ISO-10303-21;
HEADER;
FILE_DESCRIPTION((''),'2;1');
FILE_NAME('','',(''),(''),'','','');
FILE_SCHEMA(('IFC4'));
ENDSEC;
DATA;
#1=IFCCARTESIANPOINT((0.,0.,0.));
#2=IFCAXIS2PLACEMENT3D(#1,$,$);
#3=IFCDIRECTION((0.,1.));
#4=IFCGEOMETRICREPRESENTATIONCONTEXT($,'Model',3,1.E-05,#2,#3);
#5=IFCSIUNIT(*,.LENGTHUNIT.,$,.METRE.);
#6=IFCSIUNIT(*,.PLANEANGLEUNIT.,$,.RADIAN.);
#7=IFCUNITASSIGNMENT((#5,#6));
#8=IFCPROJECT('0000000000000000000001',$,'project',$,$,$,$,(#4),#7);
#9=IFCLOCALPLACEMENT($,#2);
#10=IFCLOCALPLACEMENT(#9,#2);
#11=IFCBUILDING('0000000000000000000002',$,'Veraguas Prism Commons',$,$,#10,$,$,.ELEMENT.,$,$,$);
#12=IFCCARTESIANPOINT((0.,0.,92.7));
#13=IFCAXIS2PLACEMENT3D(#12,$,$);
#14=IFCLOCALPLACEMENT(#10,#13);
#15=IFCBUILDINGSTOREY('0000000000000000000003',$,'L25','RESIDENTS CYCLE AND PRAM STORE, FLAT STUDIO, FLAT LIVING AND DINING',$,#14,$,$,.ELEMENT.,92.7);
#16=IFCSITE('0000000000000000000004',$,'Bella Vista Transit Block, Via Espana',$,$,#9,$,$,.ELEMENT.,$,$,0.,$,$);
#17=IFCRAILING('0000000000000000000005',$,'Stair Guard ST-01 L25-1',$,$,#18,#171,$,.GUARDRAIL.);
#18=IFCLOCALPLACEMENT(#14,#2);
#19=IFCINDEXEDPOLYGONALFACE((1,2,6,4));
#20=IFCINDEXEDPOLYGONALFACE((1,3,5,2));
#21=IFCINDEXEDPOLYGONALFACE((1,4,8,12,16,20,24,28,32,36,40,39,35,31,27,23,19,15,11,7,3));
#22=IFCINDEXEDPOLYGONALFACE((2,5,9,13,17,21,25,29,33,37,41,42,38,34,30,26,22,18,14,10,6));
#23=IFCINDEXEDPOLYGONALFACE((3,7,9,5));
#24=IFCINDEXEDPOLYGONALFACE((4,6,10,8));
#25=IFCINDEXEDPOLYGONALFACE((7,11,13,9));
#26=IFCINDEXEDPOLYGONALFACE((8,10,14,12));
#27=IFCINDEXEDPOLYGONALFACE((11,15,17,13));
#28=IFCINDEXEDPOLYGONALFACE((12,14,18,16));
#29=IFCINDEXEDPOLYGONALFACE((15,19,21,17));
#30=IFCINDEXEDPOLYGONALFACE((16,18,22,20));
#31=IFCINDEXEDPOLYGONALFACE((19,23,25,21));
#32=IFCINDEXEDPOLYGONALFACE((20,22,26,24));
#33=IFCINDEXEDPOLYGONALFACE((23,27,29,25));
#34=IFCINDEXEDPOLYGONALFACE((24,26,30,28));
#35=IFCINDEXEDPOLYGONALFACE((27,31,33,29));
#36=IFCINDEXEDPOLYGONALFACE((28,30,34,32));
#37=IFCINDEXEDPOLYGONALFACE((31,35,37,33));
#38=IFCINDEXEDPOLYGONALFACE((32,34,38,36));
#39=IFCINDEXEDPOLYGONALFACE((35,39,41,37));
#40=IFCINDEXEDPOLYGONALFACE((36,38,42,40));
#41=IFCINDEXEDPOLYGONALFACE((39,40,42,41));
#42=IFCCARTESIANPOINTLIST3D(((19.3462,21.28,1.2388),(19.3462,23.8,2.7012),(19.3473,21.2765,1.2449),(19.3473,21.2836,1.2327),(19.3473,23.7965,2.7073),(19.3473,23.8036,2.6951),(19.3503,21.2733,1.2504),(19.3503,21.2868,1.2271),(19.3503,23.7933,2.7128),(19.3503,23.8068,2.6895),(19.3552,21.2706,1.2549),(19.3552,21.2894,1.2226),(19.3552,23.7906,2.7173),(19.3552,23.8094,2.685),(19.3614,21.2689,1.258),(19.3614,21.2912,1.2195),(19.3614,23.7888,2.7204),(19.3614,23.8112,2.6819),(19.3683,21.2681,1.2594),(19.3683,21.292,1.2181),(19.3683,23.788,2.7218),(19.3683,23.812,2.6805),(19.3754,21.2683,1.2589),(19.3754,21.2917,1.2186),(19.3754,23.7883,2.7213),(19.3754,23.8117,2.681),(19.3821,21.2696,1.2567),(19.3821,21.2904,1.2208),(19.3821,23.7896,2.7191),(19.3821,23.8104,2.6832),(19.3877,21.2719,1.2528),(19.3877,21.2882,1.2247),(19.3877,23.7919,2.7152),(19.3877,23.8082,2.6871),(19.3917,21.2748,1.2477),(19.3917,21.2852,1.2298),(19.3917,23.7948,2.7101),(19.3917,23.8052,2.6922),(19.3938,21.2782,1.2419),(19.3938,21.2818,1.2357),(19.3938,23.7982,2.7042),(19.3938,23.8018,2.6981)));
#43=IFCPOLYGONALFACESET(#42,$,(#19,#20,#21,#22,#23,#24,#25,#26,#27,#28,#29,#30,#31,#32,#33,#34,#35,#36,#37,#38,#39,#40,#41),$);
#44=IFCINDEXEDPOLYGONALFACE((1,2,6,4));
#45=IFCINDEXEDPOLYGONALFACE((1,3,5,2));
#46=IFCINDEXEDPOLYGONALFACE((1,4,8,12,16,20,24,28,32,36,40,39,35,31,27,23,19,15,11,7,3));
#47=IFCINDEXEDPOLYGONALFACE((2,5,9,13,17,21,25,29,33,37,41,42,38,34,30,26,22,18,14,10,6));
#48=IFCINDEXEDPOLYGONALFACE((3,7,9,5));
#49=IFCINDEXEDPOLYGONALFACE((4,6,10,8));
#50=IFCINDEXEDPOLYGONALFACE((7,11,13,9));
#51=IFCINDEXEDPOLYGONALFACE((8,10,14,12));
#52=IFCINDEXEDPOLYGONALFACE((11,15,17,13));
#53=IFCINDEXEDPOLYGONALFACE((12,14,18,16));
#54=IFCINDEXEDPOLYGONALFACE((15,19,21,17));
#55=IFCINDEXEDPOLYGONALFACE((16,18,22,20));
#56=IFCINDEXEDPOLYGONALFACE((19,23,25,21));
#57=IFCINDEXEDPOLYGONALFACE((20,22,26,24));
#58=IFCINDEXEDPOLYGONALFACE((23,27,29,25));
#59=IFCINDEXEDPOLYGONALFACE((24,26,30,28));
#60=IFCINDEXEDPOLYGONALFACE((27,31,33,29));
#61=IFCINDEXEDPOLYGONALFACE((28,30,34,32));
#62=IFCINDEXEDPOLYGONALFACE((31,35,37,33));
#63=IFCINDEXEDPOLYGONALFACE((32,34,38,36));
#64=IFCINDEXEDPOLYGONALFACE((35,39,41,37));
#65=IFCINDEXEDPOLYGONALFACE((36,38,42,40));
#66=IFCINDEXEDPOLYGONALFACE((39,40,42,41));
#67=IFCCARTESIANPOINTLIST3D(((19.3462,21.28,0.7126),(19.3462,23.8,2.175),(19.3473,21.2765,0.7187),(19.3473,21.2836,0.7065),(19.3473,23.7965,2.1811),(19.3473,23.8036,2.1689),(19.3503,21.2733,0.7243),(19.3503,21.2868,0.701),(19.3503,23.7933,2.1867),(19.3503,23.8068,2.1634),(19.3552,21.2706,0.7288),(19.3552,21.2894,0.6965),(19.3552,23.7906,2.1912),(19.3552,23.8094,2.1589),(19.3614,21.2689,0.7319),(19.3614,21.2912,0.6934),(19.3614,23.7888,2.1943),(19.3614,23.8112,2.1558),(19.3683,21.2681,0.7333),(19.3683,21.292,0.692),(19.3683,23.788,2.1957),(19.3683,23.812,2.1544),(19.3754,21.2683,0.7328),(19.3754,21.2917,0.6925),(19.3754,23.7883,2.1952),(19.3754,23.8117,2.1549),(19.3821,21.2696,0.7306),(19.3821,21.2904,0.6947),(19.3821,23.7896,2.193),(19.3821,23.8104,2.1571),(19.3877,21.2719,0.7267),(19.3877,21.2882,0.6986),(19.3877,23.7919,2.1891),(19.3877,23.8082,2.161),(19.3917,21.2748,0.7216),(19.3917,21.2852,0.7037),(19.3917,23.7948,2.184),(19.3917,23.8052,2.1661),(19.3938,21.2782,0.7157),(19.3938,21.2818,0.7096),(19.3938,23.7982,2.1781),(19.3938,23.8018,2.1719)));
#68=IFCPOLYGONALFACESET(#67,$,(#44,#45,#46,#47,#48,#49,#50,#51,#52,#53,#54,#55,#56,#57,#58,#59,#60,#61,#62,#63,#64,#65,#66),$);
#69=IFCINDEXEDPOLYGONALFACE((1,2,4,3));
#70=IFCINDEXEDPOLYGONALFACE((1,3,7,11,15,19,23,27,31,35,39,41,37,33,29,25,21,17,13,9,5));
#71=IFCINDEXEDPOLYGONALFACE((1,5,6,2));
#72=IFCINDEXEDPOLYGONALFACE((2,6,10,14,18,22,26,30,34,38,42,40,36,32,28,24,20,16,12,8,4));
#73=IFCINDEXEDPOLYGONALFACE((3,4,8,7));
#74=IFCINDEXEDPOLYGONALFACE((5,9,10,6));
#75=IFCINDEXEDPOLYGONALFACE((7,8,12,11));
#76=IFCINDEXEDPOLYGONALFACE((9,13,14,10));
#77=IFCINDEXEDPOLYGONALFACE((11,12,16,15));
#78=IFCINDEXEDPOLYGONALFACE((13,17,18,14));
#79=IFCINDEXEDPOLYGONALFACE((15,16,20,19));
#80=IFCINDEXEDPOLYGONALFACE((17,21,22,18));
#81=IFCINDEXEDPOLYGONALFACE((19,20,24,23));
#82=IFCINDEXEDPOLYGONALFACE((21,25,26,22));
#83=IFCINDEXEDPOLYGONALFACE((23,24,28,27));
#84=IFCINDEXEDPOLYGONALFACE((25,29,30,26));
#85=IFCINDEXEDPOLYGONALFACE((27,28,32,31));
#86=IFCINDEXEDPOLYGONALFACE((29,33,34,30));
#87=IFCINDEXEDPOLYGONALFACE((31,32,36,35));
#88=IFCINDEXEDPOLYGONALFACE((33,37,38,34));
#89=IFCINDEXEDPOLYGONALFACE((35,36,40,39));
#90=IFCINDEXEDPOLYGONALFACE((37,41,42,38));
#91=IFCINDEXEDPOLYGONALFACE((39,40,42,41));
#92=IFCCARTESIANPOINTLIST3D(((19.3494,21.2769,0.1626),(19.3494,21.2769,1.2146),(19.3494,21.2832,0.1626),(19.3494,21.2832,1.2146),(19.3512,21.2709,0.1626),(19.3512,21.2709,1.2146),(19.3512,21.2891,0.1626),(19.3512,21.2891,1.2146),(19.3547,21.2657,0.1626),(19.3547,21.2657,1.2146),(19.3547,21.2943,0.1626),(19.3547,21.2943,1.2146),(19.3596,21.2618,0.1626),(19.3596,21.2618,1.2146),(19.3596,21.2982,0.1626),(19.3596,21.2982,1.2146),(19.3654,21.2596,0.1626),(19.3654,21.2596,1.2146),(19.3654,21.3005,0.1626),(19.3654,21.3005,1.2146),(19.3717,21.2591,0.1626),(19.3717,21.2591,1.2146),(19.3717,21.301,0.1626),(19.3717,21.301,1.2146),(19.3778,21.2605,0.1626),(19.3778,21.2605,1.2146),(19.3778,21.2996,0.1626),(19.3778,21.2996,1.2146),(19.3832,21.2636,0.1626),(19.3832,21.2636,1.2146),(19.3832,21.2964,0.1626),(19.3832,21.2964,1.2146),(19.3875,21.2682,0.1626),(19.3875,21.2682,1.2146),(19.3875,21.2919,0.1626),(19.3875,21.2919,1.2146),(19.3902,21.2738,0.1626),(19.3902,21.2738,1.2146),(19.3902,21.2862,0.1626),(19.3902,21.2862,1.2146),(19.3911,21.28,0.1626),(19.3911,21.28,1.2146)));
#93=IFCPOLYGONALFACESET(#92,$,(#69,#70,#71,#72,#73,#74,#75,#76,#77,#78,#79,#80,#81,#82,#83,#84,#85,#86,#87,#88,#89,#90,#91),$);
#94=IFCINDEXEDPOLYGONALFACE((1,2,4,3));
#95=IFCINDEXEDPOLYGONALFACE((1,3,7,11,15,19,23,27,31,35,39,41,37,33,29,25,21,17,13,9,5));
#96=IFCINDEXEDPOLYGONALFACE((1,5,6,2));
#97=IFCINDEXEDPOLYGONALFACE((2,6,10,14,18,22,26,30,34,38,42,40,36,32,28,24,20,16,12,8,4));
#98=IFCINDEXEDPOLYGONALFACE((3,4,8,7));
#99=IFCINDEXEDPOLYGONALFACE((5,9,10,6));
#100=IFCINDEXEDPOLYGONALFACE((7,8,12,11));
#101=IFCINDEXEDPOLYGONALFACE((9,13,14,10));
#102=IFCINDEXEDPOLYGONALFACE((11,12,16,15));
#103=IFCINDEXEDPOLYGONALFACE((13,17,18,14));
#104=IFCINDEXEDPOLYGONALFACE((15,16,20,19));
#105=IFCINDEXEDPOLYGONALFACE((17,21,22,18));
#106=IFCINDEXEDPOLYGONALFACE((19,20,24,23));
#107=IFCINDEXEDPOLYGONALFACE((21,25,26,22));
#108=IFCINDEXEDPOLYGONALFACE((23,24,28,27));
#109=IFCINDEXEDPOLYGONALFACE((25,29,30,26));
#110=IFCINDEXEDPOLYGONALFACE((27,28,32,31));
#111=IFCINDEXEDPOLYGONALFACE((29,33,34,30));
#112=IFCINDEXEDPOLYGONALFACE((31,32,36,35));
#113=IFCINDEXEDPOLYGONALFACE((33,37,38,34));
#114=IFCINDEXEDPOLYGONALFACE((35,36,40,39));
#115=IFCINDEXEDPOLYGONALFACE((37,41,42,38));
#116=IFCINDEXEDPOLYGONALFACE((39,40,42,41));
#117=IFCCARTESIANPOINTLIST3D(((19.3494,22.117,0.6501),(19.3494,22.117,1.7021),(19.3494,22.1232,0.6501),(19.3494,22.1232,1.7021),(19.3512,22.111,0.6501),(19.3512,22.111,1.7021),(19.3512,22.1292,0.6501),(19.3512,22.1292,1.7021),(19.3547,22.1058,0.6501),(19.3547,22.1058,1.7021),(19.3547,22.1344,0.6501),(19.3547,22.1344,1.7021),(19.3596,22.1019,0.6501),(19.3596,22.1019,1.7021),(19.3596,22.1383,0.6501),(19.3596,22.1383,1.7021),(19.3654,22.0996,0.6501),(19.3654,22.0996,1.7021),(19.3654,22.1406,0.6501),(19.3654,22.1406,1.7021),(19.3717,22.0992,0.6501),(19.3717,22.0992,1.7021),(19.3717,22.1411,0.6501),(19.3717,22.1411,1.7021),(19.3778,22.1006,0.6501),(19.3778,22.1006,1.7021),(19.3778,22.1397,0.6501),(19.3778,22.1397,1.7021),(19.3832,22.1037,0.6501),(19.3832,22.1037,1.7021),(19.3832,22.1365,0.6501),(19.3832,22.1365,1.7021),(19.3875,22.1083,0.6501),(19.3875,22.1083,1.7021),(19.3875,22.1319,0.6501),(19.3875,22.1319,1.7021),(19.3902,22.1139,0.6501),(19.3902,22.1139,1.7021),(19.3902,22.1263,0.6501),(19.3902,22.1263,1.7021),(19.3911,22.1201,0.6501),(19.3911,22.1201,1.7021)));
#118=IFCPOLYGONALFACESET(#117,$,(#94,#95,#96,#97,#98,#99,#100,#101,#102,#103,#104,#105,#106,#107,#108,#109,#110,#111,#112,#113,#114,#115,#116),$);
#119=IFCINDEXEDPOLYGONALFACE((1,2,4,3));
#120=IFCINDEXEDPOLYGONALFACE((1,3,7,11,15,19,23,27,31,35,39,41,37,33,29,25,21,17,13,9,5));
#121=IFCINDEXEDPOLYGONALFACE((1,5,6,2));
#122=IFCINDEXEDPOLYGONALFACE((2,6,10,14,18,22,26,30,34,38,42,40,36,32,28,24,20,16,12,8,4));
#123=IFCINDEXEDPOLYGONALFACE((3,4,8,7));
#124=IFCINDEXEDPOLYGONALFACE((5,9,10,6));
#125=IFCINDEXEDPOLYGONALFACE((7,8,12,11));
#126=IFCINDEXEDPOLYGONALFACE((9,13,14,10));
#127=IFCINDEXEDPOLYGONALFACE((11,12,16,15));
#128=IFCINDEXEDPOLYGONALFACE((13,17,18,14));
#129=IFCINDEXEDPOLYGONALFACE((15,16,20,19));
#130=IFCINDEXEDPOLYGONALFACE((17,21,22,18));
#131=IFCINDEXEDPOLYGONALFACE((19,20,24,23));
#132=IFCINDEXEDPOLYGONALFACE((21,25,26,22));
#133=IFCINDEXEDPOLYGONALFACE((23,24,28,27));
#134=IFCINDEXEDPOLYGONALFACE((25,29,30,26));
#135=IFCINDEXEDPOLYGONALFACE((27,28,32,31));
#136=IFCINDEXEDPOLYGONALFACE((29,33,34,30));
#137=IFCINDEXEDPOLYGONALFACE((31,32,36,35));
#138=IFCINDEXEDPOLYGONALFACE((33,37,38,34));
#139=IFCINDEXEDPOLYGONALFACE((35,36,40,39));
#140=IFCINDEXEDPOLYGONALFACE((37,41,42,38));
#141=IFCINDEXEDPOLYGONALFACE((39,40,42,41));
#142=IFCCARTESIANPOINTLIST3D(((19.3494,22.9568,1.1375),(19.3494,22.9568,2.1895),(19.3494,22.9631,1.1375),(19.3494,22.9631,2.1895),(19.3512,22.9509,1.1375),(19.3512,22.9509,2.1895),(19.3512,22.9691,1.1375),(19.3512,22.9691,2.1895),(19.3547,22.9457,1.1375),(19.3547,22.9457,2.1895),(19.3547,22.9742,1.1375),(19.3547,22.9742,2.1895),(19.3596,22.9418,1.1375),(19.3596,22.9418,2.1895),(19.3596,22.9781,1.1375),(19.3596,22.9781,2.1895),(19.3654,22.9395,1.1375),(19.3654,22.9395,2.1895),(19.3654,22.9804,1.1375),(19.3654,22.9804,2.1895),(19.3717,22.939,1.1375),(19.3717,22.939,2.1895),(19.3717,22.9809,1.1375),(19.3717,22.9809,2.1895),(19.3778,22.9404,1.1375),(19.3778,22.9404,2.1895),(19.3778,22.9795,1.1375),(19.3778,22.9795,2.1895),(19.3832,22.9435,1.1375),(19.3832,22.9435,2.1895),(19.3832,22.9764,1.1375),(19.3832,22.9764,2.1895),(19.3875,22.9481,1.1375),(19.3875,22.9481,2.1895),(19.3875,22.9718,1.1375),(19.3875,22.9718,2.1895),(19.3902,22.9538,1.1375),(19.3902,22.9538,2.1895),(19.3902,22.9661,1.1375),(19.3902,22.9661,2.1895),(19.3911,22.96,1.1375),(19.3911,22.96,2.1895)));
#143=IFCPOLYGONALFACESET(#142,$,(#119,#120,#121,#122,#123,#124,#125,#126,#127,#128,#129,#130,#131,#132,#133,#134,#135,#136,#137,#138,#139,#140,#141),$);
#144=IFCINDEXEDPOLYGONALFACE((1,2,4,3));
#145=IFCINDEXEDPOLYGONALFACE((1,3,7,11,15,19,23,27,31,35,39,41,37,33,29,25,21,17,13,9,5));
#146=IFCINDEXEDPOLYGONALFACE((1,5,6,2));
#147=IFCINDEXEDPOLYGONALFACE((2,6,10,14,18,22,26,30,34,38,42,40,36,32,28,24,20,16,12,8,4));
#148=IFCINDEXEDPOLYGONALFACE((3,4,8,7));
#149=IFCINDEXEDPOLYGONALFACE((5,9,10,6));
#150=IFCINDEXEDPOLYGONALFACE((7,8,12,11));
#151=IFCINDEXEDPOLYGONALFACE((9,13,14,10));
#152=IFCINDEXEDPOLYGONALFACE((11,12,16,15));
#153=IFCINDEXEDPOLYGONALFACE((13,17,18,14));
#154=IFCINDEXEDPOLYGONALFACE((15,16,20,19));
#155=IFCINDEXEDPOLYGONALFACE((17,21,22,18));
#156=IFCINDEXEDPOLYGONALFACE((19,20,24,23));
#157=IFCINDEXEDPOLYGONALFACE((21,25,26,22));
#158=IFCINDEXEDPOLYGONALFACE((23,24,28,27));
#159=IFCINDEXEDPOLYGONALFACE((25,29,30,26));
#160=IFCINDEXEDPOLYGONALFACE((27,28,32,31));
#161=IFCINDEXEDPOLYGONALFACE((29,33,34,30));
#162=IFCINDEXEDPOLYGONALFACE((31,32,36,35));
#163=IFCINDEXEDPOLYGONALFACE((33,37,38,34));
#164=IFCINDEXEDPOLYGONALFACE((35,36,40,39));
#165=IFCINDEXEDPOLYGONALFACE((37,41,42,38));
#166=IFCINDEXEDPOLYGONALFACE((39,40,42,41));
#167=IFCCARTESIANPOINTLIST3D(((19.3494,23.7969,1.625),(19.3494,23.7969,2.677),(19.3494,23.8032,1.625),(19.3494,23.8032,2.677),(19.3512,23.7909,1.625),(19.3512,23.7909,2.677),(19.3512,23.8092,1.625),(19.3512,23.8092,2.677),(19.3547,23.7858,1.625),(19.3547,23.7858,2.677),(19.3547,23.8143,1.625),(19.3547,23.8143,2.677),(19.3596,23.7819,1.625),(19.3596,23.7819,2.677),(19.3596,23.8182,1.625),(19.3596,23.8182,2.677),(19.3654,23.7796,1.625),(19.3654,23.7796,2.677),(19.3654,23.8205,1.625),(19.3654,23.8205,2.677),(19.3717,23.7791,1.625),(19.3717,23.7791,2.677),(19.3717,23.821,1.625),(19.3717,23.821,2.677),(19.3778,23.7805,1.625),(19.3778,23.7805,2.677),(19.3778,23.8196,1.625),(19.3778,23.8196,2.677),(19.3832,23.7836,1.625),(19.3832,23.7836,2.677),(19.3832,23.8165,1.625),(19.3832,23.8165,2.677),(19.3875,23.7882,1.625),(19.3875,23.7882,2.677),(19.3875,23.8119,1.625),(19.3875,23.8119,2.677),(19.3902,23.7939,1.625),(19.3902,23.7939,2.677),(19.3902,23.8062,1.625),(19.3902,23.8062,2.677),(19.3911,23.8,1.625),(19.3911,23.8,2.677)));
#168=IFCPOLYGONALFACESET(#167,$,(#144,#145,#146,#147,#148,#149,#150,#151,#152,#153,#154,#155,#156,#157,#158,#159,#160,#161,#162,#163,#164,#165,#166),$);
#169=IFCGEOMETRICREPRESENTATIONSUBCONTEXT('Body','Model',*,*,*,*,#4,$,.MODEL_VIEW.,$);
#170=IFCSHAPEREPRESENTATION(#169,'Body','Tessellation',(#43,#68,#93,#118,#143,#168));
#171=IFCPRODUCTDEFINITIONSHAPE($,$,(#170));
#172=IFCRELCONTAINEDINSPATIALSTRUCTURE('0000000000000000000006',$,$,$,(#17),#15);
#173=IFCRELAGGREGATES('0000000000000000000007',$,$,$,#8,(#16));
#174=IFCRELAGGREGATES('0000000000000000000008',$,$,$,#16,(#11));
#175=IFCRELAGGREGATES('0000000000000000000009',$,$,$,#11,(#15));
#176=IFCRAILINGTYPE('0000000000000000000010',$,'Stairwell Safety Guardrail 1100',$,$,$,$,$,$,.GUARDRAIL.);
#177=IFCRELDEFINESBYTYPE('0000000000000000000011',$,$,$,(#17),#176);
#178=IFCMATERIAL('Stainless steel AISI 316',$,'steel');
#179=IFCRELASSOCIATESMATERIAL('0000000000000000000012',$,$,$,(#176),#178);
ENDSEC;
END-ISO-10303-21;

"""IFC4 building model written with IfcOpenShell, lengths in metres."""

from ifc_helpers import new_model, si_unit, direction, frame, origin, origin_2d, place, context, subcontext, project, spatial, circle, extrude, material, type_object, element, save


model = new_model("IFC4")

# Units and contexts
model_context = context("Model", 3, precision=1e-05, world=origin(), true_north=direction((0.0, 1.0)))
body_context = subcontext(model_context, "Body", "Model", "MODEL_VIEW")
ifc_project = project(units=[si_unit("LENGTHUNIT", "METRE"), si_unit("PLANEANGLEUNIT", "RADIAN")], contexts=[model_context])

# Site, building, storey
site_placement = place(None, origin())
site = spatial("IfcSite", under=ifc_project, at=site_placement, Name="Bella Vista Transit Block, Via Espana", CompositionType="ELEMENT", RefElevation=0.0)
building_placement = place(site_placement, origin())
building = spatial("IfcBuilding", under=site, at=building_placement, Name="Veraguas Prism Commons", CompositionType="ELEMENT")
storey_placement = place(building_placement, frame((0.0, 0.0, 92.7)))
storey = spatial("IfcBuildingStorey", under=building, at=storey_placement, Name="L25", Description="RESIDENTS CYCLE AND PRAM STORE, FLAT STUDIO, FLAT LIVING AND DINING", CompositionType="ELEMENT", Elevation=92.7)

# Railing
ifc_material_1 = material(Name="Stainless steel AISI 316", Category="steel")
railing_type = type_object("IfcRailingType", Name="Stairwell Safety Guardrail 1100", PredefinedType="GUARDRAIL", material=ifc_material_1)
railing_1_placement = place(storey_placement, frame((19.3701, 21.28, 0.1626)))
element("IfcRailing", 1, at=railing_1_placement, inside=storey, type_object=railing_type, Name="Stair Guard ST-01 L25-1", PredefinedType="GUARDRAIL", context=body_context, shape_type="SweptSolid", body=[
    extrude(circle(Radius=0.0239, at=origin_2d()), frame((0.0, 0.0, 1.0762), z_axis=(0.0, 0.864913, 0.501921), x_axis=(-1.0, 0.0, 0.0)), (0.0, 0.0, 1.0), 2.9136),
    extrude(circle(Radius=0.0239, at=origin_2d()), frame((0.0, 0.0, 0.55), z_axis=(0.0, 0.864913, 0.501921), x_axis=(-1.0, 0.0, 0.0)), (0.0, 0.0, 1.0), 2.9136),
    extrude(circle(Radius=0.021, at=origin_2d()), origin(), (0.0, 0.0, 1.0), 1.052),
    extrude(circle(Radius=0.021, at=origin_2d()), frame((0.0, 0.8401, 0.4875)), (0.0, 0.0, 1.0), 1.052),
    extrude(circle(Radius=0.021, at=origin_2d()), frame((0.0, 1.6799, 0.9749)), (0.0, 0.0, 1.0), 1.052),
    extrude(circle(Radius=0.021, at=origin_2d()), frame((0.0, 2.52, 1.4624)), (0.0, 0.0, 1.0), 1.052),
])

save(model, "model.ifc")
